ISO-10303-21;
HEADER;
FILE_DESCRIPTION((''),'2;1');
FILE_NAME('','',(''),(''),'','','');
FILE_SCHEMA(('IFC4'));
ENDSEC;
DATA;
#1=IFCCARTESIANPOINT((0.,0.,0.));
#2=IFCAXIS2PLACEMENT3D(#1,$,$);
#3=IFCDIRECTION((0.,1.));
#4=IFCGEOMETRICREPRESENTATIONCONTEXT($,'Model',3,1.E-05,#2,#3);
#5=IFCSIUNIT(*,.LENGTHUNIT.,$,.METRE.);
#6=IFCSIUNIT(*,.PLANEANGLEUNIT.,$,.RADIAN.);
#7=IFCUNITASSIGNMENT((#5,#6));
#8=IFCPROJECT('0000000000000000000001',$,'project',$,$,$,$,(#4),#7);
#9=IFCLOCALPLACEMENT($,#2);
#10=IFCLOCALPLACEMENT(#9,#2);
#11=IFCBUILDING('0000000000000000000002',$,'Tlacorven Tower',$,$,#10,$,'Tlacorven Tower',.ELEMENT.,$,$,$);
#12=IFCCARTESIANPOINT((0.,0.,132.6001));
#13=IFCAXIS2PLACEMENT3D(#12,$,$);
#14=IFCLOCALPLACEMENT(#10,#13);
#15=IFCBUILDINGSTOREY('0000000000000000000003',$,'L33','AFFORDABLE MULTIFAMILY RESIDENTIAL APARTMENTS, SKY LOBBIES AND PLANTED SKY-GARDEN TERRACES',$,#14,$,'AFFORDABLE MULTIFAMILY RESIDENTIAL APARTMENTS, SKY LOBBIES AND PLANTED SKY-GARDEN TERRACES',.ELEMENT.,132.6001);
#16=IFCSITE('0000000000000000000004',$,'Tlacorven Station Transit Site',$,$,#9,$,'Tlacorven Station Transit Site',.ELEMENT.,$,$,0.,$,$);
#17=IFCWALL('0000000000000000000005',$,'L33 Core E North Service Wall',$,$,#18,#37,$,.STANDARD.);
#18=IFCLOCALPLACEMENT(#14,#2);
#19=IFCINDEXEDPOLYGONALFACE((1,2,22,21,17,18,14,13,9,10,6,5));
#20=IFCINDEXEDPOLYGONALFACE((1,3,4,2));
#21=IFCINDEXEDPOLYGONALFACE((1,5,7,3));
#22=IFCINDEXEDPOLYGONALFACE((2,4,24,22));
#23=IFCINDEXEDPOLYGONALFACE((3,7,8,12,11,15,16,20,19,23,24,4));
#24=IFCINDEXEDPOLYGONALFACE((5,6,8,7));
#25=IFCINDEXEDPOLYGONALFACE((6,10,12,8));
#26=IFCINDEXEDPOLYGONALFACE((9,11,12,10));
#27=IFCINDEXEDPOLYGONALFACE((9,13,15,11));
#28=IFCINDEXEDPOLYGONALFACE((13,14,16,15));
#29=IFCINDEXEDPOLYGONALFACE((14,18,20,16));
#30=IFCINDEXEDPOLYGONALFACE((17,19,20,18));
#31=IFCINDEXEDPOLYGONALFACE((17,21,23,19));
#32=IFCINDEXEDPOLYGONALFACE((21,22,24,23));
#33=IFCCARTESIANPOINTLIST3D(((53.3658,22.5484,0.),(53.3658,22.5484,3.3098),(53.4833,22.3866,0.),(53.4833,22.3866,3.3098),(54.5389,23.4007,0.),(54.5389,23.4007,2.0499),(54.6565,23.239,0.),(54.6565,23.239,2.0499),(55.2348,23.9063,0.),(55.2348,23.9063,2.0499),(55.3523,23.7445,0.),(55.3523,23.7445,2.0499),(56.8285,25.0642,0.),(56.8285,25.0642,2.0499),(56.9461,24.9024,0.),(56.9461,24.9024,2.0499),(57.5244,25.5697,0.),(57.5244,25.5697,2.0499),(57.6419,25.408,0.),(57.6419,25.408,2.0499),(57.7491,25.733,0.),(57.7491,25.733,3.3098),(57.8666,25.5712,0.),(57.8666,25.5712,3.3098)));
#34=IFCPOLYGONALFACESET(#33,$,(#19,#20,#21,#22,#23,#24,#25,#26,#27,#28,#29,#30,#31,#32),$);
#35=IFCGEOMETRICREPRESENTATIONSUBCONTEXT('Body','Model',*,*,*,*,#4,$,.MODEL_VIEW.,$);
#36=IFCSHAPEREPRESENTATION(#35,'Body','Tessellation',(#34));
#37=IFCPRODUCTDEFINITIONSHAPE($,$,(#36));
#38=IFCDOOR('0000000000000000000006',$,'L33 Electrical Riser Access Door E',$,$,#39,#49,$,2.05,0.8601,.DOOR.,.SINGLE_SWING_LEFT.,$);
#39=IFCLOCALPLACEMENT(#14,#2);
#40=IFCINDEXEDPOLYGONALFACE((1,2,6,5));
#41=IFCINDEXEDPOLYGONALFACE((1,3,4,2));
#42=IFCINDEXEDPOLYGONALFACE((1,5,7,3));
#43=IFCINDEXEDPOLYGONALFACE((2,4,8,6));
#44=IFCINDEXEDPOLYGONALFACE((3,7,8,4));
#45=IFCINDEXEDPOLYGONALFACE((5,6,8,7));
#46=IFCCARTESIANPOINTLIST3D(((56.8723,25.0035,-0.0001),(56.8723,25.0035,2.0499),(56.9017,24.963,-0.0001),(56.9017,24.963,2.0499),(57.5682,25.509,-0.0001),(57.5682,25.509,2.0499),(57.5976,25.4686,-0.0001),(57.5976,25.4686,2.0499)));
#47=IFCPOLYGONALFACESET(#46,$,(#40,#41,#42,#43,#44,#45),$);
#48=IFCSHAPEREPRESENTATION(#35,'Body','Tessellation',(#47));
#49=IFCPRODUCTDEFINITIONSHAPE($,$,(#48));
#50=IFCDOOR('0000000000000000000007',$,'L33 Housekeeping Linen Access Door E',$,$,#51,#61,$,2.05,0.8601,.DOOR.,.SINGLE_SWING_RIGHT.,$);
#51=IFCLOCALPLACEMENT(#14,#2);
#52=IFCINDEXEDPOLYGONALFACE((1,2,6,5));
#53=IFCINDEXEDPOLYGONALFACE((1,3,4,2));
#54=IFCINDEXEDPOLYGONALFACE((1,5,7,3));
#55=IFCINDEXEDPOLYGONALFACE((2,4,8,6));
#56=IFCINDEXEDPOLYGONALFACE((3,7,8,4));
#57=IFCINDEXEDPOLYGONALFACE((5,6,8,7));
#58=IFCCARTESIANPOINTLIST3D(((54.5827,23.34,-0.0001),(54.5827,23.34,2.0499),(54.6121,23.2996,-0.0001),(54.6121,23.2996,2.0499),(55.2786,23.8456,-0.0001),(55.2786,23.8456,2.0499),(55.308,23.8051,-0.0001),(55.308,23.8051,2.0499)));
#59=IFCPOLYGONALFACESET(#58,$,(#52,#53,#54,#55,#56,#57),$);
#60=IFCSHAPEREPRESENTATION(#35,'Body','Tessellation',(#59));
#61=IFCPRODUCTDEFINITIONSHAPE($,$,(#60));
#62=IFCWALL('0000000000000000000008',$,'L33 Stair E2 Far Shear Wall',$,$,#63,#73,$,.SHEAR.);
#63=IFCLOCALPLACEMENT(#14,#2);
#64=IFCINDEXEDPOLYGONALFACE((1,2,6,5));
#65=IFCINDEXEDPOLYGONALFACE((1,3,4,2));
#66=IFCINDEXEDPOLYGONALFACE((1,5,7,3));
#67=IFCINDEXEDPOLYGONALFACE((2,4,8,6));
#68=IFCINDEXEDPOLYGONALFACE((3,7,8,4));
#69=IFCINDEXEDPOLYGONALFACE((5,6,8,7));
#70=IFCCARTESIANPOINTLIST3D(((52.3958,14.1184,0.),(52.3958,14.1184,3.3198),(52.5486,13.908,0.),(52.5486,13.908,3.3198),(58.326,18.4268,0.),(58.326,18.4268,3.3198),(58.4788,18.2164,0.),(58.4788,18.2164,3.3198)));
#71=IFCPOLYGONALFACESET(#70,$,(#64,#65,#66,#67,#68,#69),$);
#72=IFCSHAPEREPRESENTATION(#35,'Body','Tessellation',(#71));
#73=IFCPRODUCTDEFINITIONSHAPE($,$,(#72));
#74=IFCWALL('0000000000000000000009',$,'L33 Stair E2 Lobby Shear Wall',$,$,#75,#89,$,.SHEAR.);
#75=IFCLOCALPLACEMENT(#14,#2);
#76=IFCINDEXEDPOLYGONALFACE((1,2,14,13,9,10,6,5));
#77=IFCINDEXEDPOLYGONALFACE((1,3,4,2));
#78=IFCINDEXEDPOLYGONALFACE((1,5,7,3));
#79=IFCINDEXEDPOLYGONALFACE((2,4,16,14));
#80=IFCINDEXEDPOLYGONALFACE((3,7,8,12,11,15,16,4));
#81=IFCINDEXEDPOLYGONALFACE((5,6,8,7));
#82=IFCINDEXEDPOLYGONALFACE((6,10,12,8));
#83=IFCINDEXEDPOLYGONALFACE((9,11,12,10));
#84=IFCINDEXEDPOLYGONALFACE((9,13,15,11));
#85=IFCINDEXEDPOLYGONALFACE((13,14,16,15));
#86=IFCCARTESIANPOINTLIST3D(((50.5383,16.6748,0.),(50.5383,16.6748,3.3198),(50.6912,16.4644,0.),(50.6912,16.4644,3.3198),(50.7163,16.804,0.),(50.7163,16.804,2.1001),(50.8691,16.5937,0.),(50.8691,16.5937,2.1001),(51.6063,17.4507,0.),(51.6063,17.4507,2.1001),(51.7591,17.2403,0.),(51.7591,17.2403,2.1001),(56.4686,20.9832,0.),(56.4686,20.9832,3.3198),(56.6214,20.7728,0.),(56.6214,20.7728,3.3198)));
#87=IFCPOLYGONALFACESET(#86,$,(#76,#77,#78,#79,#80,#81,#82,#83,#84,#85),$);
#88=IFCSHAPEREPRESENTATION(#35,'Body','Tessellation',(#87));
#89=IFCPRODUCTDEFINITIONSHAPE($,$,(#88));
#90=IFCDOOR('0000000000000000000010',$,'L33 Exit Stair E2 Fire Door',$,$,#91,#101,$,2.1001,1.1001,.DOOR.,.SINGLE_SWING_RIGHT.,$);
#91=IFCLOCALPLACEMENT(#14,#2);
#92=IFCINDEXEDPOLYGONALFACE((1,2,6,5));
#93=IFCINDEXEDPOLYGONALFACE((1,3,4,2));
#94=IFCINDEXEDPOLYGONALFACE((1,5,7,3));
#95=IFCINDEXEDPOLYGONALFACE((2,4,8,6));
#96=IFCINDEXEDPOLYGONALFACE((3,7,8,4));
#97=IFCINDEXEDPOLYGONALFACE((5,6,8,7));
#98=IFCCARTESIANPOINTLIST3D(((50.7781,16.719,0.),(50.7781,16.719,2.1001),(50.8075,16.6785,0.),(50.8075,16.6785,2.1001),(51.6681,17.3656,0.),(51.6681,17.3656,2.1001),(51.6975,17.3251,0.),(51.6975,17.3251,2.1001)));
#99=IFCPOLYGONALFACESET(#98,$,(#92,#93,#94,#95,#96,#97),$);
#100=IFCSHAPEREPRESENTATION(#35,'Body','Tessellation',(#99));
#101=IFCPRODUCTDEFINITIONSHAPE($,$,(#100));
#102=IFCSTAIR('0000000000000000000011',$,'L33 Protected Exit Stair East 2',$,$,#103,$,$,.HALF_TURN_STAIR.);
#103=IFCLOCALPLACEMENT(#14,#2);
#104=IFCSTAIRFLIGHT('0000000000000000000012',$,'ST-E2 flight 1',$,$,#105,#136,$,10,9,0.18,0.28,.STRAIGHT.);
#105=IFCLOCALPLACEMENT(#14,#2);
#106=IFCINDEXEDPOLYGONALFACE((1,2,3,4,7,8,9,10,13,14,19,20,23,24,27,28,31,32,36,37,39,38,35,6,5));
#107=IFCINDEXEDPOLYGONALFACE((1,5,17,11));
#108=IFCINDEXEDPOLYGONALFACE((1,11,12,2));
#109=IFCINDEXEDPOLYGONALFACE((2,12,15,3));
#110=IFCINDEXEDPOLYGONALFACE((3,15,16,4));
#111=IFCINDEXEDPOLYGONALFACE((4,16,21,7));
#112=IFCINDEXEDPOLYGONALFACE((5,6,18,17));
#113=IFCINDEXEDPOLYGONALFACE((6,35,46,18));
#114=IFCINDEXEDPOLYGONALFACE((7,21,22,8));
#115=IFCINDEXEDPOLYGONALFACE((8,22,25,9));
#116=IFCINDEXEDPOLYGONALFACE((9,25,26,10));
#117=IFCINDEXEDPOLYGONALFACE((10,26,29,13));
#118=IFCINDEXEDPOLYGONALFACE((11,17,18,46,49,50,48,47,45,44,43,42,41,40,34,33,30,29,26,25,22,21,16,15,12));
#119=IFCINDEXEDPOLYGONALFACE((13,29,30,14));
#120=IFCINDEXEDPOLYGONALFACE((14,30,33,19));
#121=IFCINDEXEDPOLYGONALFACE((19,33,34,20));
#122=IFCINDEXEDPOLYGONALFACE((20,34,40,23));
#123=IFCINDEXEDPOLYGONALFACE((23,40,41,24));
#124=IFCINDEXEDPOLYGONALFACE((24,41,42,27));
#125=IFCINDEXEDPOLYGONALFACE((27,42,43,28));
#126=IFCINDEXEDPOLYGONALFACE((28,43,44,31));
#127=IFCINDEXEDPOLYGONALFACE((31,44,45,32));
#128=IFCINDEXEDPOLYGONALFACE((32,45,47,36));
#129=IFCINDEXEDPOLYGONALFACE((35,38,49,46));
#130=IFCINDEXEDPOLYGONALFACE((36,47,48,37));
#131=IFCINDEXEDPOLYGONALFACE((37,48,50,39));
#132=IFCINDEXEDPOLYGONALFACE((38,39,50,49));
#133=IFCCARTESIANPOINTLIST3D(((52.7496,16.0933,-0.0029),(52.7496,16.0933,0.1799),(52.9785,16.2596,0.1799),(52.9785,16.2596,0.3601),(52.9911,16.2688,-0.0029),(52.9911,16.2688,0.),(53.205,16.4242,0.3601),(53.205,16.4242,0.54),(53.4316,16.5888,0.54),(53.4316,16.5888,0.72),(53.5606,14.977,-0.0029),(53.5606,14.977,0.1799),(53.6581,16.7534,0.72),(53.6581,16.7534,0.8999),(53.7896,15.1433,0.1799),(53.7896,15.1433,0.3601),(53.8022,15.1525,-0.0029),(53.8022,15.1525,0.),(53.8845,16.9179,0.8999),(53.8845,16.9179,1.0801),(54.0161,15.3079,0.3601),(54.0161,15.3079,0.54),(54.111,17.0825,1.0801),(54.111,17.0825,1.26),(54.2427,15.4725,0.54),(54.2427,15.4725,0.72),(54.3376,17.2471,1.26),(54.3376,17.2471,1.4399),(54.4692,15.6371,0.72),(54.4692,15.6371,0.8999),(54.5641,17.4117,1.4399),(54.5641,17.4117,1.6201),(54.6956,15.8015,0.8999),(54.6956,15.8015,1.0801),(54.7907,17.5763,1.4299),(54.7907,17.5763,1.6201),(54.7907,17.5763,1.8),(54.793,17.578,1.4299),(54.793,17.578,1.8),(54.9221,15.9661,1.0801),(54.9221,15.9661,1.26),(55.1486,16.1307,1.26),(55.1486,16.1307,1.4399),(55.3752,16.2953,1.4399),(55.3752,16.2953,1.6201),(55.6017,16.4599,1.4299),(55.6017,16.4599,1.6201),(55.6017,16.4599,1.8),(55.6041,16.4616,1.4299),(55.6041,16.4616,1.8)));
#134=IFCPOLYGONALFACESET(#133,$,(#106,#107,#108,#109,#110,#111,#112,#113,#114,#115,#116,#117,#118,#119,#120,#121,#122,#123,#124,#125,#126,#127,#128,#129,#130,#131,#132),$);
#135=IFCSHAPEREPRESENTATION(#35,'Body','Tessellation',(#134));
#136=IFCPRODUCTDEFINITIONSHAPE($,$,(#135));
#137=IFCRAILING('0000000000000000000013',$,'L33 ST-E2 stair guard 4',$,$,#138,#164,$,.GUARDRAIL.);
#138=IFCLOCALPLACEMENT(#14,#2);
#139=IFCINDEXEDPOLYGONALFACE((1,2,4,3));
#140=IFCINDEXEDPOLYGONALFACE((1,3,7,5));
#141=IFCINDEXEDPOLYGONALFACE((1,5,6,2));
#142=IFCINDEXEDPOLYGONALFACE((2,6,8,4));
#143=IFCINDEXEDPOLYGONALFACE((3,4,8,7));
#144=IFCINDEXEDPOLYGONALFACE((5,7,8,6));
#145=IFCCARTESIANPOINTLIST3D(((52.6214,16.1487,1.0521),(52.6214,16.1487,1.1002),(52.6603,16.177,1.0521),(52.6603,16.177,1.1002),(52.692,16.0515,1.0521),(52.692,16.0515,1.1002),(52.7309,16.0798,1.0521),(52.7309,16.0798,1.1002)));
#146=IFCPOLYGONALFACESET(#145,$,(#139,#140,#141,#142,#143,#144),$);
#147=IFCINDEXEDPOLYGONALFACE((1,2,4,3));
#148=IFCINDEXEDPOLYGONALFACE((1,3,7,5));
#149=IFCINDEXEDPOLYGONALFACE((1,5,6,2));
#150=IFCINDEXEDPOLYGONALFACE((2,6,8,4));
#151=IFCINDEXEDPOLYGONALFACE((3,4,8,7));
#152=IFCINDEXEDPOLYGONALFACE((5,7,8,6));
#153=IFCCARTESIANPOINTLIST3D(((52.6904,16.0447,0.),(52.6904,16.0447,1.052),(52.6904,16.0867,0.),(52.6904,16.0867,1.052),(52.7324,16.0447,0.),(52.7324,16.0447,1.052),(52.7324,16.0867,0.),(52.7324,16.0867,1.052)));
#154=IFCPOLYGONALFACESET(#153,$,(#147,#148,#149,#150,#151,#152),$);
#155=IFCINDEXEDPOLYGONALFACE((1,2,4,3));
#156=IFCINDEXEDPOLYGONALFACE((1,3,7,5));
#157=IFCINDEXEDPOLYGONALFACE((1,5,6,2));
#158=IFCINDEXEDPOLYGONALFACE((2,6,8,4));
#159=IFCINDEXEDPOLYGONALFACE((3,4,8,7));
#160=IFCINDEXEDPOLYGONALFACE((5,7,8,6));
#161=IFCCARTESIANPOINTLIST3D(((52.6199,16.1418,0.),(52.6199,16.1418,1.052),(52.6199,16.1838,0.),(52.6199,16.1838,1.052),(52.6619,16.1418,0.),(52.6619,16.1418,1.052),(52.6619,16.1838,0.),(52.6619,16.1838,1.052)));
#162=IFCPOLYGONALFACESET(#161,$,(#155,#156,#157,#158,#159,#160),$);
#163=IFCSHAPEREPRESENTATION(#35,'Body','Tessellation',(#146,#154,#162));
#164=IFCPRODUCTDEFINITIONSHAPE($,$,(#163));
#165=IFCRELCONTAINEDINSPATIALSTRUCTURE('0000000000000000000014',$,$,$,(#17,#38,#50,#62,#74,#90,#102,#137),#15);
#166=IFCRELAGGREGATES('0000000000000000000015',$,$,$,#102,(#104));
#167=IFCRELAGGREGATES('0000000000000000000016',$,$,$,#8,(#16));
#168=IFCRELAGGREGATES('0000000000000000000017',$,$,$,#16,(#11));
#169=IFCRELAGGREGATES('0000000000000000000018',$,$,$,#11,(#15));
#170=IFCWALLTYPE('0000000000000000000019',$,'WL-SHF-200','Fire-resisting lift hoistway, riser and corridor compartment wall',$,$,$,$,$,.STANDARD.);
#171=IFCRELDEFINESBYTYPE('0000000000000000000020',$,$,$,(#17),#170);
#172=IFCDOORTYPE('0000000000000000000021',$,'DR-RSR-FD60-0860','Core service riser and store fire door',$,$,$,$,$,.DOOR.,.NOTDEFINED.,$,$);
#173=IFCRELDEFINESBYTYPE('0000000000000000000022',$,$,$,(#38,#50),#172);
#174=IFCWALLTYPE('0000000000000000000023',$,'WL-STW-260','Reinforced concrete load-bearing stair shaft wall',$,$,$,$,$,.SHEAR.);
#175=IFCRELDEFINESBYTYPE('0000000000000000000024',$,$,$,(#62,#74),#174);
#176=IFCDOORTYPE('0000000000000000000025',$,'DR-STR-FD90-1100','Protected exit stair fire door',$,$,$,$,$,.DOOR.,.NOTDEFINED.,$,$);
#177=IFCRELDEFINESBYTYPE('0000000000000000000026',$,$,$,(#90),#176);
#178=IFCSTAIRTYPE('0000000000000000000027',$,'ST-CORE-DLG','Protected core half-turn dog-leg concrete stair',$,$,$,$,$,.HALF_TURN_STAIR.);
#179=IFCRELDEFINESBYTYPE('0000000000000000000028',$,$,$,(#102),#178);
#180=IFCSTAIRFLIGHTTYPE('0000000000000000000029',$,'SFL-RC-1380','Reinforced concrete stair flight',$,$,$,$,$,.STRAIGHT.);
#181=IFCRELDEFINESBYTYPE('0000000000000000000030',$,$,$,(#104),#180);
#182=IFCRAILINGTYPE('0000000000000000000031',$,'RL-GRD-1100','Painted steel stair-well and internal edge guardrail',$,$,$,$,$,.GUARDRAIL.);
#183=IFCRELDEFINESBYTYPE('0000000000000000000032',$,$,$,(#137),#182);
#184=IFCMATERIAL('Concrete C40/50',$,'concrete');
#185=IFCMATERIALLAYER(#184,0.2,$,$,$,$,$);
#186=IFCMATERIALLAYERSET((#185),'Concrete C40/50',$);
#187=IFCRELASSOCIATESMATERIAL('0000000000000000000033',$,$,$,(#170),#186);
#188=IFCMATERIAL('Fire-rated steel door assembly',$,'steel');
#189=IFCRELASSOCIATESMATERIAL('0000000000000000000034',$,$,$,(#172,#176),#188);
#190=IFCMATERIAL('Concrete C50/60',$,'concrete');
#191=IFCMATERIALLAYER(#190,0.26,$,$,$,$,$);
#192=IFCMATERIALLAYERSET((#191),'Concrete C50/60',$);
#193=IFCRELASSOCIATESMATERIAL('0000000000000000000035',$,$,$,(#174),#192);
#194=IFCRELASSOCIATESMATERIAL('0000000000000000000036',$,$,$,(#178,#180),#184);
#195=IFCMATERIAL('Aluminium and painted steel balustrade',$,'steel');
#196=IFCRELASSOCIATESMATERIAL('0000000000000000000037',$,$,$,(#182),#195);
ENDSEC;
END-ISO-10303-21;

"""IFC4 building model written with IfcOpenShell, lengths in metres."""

from ifc_helpers import new_model, si_unit, direction, frame, frame_2d, origin, origin_2d, place, context, subcontext, project, spatial, polyline, rectangle, outline, extrude, source, transform, mapped, material, layer, layer_set, type_object, element, fill, aggregate, save


model = new_model("IFC4")

# Units and contexts
model_context = context("Model", 3, precision=1e-05, world=origin(), true_north=direction((0.0, 1.0)))
body_context = subcontext(model_context, "Body", "Model", "MODEL_VIEW")
ifc_project = project(units=[si_unit("LENGTHUNIT", "METRE"), si_unit("PLANEANGLEUNIT", "RADIAN")], contexts=[model_context])

# Site, building, storey
site_placement = place(None, origin())
site = spatial("IfcSite", under=ifc_project, at=site_placement, Name="Tlacorven Station Transit Site", LongName="Tlacorven Station Transit Site", CompositionType="ELEMENT", RefElevation=0.0)
building_placement = place(site_placement, origin())
building = spatial("IfcBuilding", under=site, at=building_placement, Name="Tlacorven Tower", LongName="Tlacorven Tower", CompositionType="ELEMENT")
storey_placement = place(building_placement, frame((0.0, 0.0, 132.6001)))
storey = spatial("IfcBuildingStorey", under=building, at=storey_placement, Name="L33", Description="AFFORDABLE MULTIFAMILY RESIDENTIAL APARTMENTS, SKY LOBBIES AND PLANTED SKY-GARDEN TERRACES", LongName="AFFORDABLE MULTIFAMILY RESIDENTIAL APARTMENTS, SKY LOBBIES AND PLANTED SKY-GARDEN TERRACES", CompositionType="ELEMENT", Elevation=132.6001)

# Shared definitions
ifc_material_1 = material(Name="Fire-rated steel door assembly", Category="steel")

# Shared definitions
ifc_material_2 = material(Name="Concrete C40/50", Category="concrete")
ifc_layer_1 = layer(ifc_material_2, 0.2)
ifc_layer_set_1 = layer_set([ifc_layer_1], Name="Concrete C40/50")
wall_type_1 = type_object("IfcWallType", Name="WL-SHF-200", Description="Fire-resisting lift hoistway, riser and corridor compartment wall", PredefinedType="STANDARD", material=ifc_layer_set_1)

# Wall, openings, doors
wall_1_placement = place(storey_placement, frame((53.4246, 22.4675, 0.0), z_axis=(0.0, 0.0, 1.0), x_axis=(0.809024, 0.587775, 0.0)))
wall_1 = element("IfcWall", 1, at=wall_1_placement, inside=storey, type_object=wall_type_1, Name="L33 Core E North Service Wall", PredefinedType="STANDARD", context=body_context, shape_type="SweptSolid", body=[
    extrude(rectangle(XDim=5.418, YDim=0.2, at=frame_2d((2.709, 0.0))), origin(), (0.0, 0.0, 1.0), 3.3098),
])
opening_1_placement = place(wall_1_placement, frame((4.28, 0.0, 0.0)))
opening_1 = element("IfcOpeningElement", 2, at=opening_1_placement, cuts=wall_1, PredefinedType="OPENING", context=body_context, shape_type="SweptSolid", body=[
    extrude(rectangle(XDim=0.8601, YDim=2.05, at=frame_2d((0.4302, 1.0249))), frame((0.0, 0.1099, 0.0), z_axis=(0.0, -1.0, 0.0), x_axis=(1.0, 0.0, 0.0)), (0.0, 0.0, 1.0), 0.22),
])
opening_2_placement = place(wall_1_placement, frame((1.45, 0.0, 0.0)))
opening_2 = element("IfcOpeningElement", 3, at=opening_2_placement, cuts=wall_1, PredefinedType="OPENING", context=body_context, shape_type="SweptSolid", body=[
    extrude(rectangle(XDim=0.8601, YDim=2.05, at=frame_2d((0.4302, 1.0249))), frame((0.0, 0.1099, 0.0), z_axis=(0.0, -1.0, 0.0), x_axis=(1.0, 0.0, 0.0)), (0.0, 0.0, 1.0), 0.22),
])
door_type_1 = type_object("IfcDoorType", Name="DR-RSR-FD60-0860", Description="Core service riser and store fire door", OperationType="NOTDEFINED", PredefinedType="DOOR", material=ifc_material_1)
shared_shape_1 = source(origin(), body_context, "Body", "SweptSolid", [
    extrude(rectangle(XDim=0.8601, YDim=2.05, at=frame_2d((0.4302, 1.0249))), frame((0.0, 0.0249, 0.0), z_axis=(0.0, -1.0, 0.0), x_axis=(1.0, 0.0, 0.0)), (0.0, 0.0, 1.0), 0.05),
])
door_1_placement = place(opening_1_placement, frame((0.8601, 0.0, 0.0), z_axis=(0.0, 0.0, 1.0), x_axis=(-1.0, 0.0, 0.0)))
door_1 = element("IfcDoor", 4, at=door_1_placement, inside=storey, type_object=door_type_1, Name="L33 Electrical Riser Access Door E", OperationType="SINGLE_SWING_LEFT", OverallHeight=2.05, OverallWidth=0.8601, PredefinedType="DOOR", context=body_context, shape_type="MappedRepresentation", body=[
    mapped(shared_shape_1, transform((0.0, 0.0, 0.0), scale=1.0)),
])
fill(opening_1, door_1)
door_2_placement = place(opening_2_placement, frame((0.8601, 0.0, 0.0), z_axis=(0.0, 0.0, 1.0), x_axis=(-1.0, 0.0, 0.0)))
door_2 = element("IfcDoor", 5, at=door_2_placement, inside=storey, type_object=door_type_1, Name="L33 Housekeeping Linen Access Door E", OperationType="SINGLE_SWING_RIGHT", OverallHeight=2.05, OverallWidth=0.8601, PredefinedType="DOOR", context=body_context, shape_type="MappedRepresentation", body=[
    mapped(shared_shape_1, transform((0.0, 0.0, 0.0), scale=1.0)),
])
fill(opening_2, door_2)

# Wall
ifc_material_3 = material(Name="Concrete C50/60", Category="concrete")
ifc_layer_2 = layer(ifc_material_3, 0.26)
ifc_layer_set_2 = layer_set([ifc_layer_2], Name="Concrete C50/60")
wall_type_2 = type_object("IfcWallType", Name="WL-STW-260", Description="Reinforced concrete load-bearing stair shaft wall", PredefinedType="SHEAR", material=ifc_layer_set_2)
wall_2_placement = place(storey_placement, frame((52.4722, 14.0132, 0.0), z_axis=(0.0, 0.0, 1.0), x_axis=(0.809028, 0.58777, 0.0)))
element("IfcWall", 6, at=wall_2_placement, inside=storey, type_object=wall_type_2, Name="L33 Stair E2 Far Shear Wall", PredefinedType="SHEAR", context=body_context, shape_type="SweptSolid", body=[
    extrude(rectangle(XDim=7.3301, YDim=0.26, at=frame_2d((3.665, 0.0))), origin(), (0.0, 0.0, 1.0), 3.3198),
])

# Wall, opening, door
wall_3_placement = place(storey_placement, frame((50.6147, 16.5696, 0.0), z_axis=(0.0, 0.0, 1.0), x_axis=(0.809028, 0.58777, 0.0)))
wall_3 = element("IfcWall", 7, at=wall_3_placement, inside=storey, type_object=wall_type_2, Name="L33 Stair E2 Lobby Shear Wall", PredefinedType="SHEAR", context=body_context, shape_type="SweptSolid", body=[
    extrude(rectangle(XDim=7.3301, YDim=0.26, at=frame_2d((3.665, 0.0))), origin(), (0.0, 0.0, 1.0), 3.3198),
])
opening_3_placement = place(wall_3_placement, frame((0.22, 0.0, 0.0)))
opening_3 = element("IfcOpeningElement", 8, at=opening_3_placement, cuts=wall_3, PredefinedType="OPENING", context=body_context, shape_type="SweptSolid", body=[
    extrude(rectangle(XDim=1.1001, YDim=2.1001, at=frame_2d((0.55, 1.05))), frame((0.0, 0.1401, 0.0), z_axis=(0.0, -1.0, 0.0), x_axis=(1.0, 0.0, 0.0)), (0.0, 0.0, 1.0), 0.28),
])
door_type_2 = type_object("IfcDoorType", Name="DR-STR-FD90-1100", Description="Protected exit stair fire door", OperationType="NOTDEFINED", PredefinedType="DOOR", material=ifc_material_1)
shared_shape_2 = source(origin(), body_context, "Body", "SweptSolid", [
    extrude(rectangle(XDim=1.1001, YDim=2.1001, at=frame_2d((0.55, 1.05))), frame((0.0, 0.0249, 0.0), z_axis=(0.0, -1.0, 0.0), x_axis=(1.0, 0.0, 0.0)), (0.0, 0.0, 1.0), 0.05),
])
door_3_placement = place(opening_3_placement, origin())
door_3 = element("IfcDoor", 9, at=door_3_placement, inside=storey, type_object=door_type_2, Name="L33 Exit Stair E2 Fire Door", OperationType="SINGLE_SWING_RIGHT", OverallHeight=2.1001, OverallWidth=1.1001, PredefinedType="DOOR", context=body_context, shape_type="MappedRepresentation", body=[
    mapped(shared_shape_2, transform((0.0, 0.0, 0.0), scale=1.0)),
])
fill(opening_3, door_3)

# Stair, stair flight
stair_type = type_object("IfcStairType", Name="ST-CORE-DLG", Description="Protected core half-turn dog-leg concrete stair", PredefinedType="HALF_TURN_STAIR", material=ifc_material_2)
stair_placement = place(storey_placement, origin())
stair = element("IfcStair", 10, at=stair_placement, inside=storey, type_object=stair_type, Name="L33 Protected Exit Stair East 2", PredefinedType="HALF_TURN_STAIR")
stair_flight_type = type_object("IfcStairFlightType", Name="SFL-RC-1380", Description="Reinforced concrete stair flight", PredefinedType="STRAIGHT", material=ifc_material_2)
shared_shape_3 = source(origin(), body_context, "Body", "SweptSolid", [
    extrude(outline(polyline([(-0.0029, -0.0029), (-0.0029, 0.1799), (0.28, 0.1799), (0.28, 0.3601), (0.5601, 0.3601), (0.5601, 0.54), (0.8401, 0.54), (0.8401, 0.72), (1.1201, 0.72), (1.1201, 0.8999), (1.3999, 0.8999), (1.3999, 1.0801), (1.6799, 1.0801), (1.6799, 1.26), (1.96, 1.26), (1.96, 1.4399), (2.24, 1.4399), (2.24, 1.6201), (2.52, 1.6201), (2.52, 1.8), (2.5229, 1.8), (2.5229, 1.4299), (2.52, 1.4299), (0.2957, 0.0), (0.2957, -0.0029), (-0.0029, -0.0029)])), frame((0.0, 0.6899, 0.0), z_axis=(0.0, -1.0, 0.0), x_axis=(1.0, 0.0, 0.0)), (0.0, 0.0, 1.0), 1.3799),
])
stair_flight_placement = place(storey_placement, frame((53.1575, 15.5369, 0.0), z_axis=(0.0, 0.0, 1.0), x_axis=(0.809017, 0.587785, 0.0)))
stair_flight = element("IfcStairFlight", 11, at=stair_flight_placement, type_object=stair_flight_type, Name="ST-E2 flight 1", NumberOfRisers=10, NumberOfTreads=9, PredefinedType="STRAIGHT", RiserHeight=0.18, TreadLength=0.28, context=body_context, shape_type="MappedRepresentation", body=[
    mapped(shared_shape_3, transform((0.0, 0.0, 0.0), scale=1.0)),
])
aggregate(stair, [stair_flight])

# Railing
ifc_material_4 = material(Name="Aluminium and painted steel balustrade", Category="steel")
railing_type_1 = type_object("IfcRailingType", Name="RL-GRD-1100", Description="Painted steel stair-well and internal edge guardrail", PredefinedType="GUARDRAIL", material=ifc_material_4)
shared_shape_4 = source(origin(), body_context, "Body", "SweptSolid", [
    extrude(rectangle(XDim=0.0481, YDim=0.0481, at=origin_2d()), frame((0.0, 0.0, 1.0762), z_axis=(-0.587567, 0.809175, 0.0), x_axis=(-0.809175, -0.587567, 0.0)), (0.0, 0.0, 1.0), 0.1201),
    extrude(rectangle(XDim=0.042, YDim=0.042, at=origin_2d()), origin(), (0.0, 0.0, 1.0), 1.052),
    extrude(rectangle(XDim=0.042, YDim=0.042, at=origin_2d()), frame((-0.0706, 0.0972, 0.0)), (0.0, 0.0, 1.0), 1.052),
])
railing_1_placement = place(storey_placement, frame((52.7114, 16.0657, 0.0)))
element("IfcRailing", 12, at=railing_1_placement, inside=storey, type_object=railing_type_1, Name="L33 ST-E2 stair guard 4", PredefinedType="GUARDRAIL", context=body_context, shape_type="MappedRepresentation", body=[
    mapped(shared_shape_4, transform((0.0, 0.0, 0.0), scale=1.0)),
])

save(model, "model.ifc")
